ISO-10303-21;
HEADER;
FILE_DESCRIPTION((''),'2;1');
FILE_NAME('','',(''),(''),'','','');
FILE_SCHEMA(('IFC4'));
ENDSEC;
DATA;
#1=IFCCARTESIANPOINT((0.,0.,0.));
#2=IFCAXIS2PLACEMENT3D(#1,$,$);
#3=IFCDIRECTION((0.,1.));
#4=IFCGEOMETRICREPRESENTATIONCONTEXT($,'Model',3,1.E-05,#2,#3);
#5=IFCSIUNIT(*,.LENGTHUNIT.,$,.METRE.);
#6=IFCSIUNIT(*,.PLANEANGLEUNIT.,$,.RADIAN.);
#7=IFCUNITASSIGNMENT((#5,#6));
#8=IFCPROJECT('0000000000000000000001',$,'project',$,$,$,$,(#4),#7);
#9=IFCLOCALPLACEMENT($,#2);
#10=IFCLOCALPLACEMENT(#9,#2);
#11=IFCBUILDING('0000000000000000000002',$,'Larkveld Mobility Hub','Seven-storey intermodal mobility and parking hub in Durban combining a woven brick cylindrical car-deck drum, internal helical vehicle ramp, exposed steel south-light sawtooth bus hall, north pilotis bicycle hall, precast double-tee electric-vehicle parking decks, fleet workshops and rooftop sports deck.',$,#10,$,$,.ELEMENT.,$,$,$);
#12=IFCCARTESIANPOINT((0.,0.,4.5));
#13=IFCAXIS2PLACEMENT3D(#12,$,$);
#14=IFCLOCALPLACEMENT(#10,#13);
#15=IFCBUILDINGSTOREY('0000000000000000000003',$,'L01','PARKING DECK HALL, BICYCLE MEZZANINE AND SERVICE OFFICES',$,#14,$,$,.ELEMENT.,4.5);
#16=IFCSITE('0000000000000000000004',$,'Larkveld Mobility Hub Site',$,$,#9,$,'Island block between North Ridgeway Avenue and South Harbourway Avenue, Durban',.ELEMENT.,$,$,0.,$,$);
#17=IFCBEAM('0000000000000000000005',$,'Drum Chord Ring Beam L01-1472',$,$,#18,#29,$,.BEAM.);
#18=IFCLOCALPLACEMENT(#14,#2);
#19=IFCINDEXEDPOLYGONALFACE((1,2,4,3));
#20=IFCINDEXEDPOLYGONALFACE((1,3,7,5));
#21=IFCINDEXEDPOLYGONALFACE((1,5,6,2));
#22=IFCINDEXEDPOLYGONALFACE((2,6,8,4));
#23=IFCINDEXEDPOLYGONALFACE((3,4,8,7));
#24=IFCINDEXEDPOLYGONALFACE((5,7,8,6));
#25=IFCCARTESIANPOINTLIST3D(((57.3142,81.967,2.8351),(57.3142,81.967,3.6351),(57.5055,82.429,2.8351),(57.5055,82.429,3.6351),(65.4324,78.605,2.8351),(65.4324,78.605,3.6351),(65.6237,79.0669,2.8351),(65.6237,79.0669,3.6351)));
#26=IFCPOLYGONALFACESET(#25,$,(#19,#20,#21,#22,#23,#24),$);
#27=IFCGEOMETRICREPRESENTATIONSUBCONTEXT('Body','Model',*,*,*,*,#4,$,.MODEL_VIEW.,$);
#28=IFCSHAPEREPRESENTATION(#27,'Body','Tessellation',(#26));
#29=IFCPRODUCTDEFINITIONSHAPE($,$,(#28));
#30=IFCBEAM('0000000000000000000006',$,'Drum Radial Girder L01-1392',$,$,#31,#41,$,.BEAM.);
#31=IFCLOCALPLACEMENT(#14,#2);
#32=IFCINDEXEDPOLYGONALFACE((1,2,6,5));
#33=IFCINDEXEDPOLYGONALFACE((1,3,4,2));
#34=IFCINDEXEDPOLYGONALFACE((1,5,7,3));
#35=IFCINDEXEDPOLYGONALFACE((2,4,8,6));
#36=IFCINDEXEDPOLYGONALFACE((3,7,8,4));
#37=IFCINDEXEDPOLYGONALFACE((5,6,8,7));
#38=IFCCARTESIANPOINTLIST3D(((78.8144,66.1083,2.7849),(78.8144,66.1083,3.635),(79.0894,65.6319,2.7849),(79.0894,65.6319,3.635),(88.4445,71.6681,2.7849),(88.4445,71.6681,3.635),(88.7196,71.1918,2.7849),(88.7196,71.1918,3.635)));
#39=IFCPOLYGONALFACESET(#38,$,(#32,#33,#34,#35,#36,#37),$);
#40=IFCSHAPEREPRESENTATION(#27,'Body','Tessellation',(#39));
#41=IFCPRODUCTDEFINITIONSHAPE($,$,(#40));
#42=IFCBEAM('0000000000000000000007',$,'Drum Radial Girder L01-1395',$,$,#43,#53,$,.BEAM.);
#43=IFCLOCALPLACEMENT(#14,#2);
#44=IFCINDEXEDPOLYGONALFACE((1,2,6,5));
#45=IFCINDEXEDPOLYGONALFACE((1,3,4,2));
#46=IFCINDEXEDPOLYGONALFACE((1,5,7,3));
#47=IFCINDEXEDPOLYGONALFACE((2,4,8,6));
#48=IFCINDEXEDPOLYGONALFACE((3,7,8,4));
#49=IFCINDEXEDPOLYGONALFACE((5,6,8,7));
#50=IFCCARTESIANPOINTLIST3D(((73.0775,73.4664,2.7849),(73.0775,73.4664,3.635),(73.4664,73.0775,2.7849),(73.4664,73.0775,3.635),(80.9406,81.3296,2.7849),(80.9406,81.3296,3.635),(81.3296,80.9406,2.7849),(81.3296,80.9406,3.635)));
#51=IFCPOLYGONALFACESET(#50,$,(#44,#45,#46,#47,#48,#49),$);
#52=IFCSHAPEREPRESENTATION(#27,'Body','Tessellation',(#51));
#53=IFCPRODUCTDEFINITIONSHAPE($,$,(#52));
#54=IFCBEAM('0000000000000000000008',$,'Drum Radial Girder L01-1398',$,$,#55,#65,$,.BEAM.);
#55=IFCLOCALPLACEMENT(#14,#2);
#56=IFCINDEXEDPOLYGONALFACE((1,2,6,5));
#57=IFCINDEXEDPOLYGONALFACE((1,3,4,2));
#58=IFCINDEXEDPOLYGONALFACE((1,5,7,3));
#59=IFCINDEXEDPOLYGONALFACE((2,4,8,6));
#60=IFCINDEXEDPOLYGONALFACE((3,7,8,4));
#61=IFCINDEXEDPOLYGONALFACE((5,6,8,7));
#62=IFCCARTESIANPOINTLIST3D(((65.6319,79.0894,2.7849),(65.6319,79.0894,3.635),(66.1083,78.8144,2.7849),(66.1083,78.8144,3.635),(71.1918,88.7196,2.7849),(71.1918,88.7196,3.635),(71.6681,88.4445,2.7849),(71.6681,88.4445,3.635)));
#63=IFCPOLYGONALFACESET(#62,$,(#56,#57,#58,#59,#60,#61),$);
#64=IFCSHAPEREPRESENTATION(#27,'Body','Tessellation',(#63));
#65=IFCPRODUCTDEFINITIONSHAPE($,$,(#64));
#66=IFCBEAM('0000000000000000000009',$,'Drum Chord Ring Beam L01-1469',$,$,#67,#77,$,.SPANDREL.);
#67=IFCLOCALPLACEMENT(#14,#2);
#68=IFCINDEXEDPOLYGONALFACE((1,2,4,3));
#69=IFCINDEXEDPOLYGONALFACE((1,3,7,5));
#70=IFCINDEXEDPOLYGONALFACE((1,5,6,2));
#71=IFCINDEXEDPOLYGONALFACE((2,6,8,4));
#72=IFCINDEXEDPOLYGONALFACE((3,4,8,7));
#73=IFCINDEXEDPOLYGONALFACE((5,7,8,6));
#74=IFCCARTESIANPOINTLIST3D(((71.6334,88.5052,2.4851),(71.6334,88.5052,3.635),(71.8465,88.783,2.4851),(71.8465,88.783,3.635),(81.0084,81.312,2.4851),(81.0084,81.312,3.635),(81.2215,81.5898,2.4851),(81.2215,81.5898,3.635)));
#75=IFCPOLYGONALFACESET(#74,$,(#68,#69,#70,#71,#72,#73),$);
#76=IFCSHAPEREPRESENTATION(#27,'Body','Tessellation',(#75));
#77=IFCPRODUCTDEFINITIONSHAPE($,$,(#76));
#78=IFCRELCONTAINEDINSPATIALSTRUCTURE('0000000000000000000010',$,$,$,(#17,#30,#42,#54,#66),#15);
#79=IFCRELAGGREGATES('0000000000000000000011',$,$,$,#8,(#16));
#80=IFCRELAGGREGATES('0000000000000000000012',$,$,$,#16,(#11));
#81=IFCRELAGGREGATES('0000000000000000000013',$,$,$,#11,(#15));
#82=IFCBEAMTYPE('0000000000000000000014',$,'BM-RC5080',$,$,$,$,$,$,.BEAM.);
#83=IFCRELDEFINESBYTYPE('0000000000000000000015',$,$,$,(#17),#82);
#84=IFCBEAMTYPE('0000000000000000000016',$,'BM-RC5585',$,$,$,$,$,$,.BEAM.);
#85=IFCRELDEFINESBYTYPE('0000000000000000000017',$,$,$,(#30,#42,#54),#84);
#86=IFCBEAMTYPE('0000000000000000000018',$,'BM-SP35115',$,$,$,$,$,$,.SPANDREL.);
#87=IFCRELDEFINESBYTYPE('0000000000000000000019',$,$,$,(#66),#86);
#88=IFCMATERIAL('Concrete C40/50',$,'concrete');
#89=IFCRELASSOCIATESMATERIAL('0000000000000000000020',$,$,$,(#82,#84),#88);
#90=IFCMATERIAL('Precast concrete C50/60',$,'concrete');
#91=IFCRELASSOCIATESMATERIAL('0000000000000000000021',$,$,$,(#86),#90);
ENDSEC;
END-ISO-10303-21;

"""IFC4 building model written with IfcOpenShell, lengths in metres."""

from ifc_helpers import new_model, si_unit, direction, frame, origin, origin_2d, place, context, subcontext, project, spatial, rectangle, extrude, material, material_profile, profile_set, type_object, element, save


model = new_model("IFC4")

# Units and contexts
model_context = context("Model", 3, precision=1e-05, world=origin(), true_north=direction((0.0, 1.0)))
body_context = subcontext(model_context, "Body", "Model", "MODEL_VIEW")
ifc_project = project(units=[si_unit("LENGTHUNIT", "METRE"), si_unit("PLANEANGLEUNIT", "RADIAN")], contexts=[model_context])

# Site, building, storey
site_placement = place(None, origin())
site = spatial("IfcSite", under=ifc_project, at=site_placement, Name="Larkveld Mobility Hub Site", LongName="Island block between North Ridgeway Avenue and South Harbourway Avenue, Durban", CompositionType="ELEMENT", RefElevation=0.0)
building_placement = place(site_placement, origin())
building = spatial("IfcBuilding", under=site, at=building_placement, Name="Larkveld Mobility Hub", Description="Seven-storey intermodal mobility and parking hub in Durban combining a woven brick cylindrical car-deck drum, internal helical vehicle ramp, exposed steel south-light sawtooth bus hall, north pilotis bicycle hall, precast double-tee electric-vehicle parking decks, fleet workshops and rooftop sports deck.", CompositionType="ELEMENT")
storey_placement = place(building_placement, frame((0.0, 0.0, 4.5)))
storey = spatial("IfcBuildingStorey", under=building, at=storey_placement, Name="L01", Description="PARKING DECK HALL, BICYCLE MEZZANINE AND SERVICE OFFICES", CompositionType="ELEMENT", Elevation=4.5)

# Shared definitions
ifc_material_1 = material(Name="Concrete C40/50", Category="concrete")

# Beams
ifc_material_profile_1 = material_profile(ifc_material_1, rectangle(XDim=0.5, YDim=0.8, at=origin_2d()), Name="RC BM 500x800")
ifc_profile_set_1 = profile_set([ifc_material_profile_1], Name="Concrete C40/50")
beam_type_1 = type_object("IfcBeamType", Name="BM-RC5080", PredefinedType="BEAM", material=ifc_profile_set_1)
beam_1_placement = place(storey_placement, frame((65.5281, 78.8359, 3.2351), z_axis=(-0.923903, 0.382626, 0.0), x_axis=(-0.382626, -0.923903, 0.0)))
element("IfcBeam", 1, at=beam_1_placement, inside=storey, type_object=beam_type_1, Name="Drum Chord Ring Beam L01-1472", PredefinedType="BEAM", context=body_context, shape_type="SweptSolid", body=[
    extrude(rectangle(XDim=0.5, YDim=0.8, at=origin_2d()), origin(), (0.0, 0.0, 1.0), 8.7869),
])
ifc_material_profile_2 = material_profile(ifc_material_1, rectangle(XDim=0.55, YDim=0.8501, at=origin_2d()), Name="RC BM 550x850")
ifc_profile_set_2 = profile_set([ifc_material_profile_2], Name="Concrete C40/50")
beam_type_2 = type_object("IfcBeamType", Name="BM-RC5585", PredefinedType="BEAM", material=ifc_profile_set_2)
beam_2_placement = place(storey_placement, frame((78.9519, 65.8701, 3.21), z_axis=(0.866031, 0.49999, 0.0), x_axis=(-0.49999, 0.866031, 0.0)))
element("IfcBeam", 2, at=beam_2_placement, inside=storey, type_object=beam_type_2, Name="Drum Radial Girder L01-1392", PredefinedType="BEAM", context=body_context, shape_type="SweptSolid", body=[
    extrude(rectangle(XDim=0.55, YDim=0.8501, at=origin_2d()), origin(), (0.0, 0.0, 1.0), 11.1199),
])
beam_3_placement = place(storey_placement, frame((73.272, 73.272, 3.21), z_axis=(0.707107, 0.707107, 0.0), x_axis=(-0.707107, 0.707107, 0.0)))
element("IfcBeam", 3, at=beam_3_placement, inside=storey, type_object=beam_type_2, Name="Drum Radial Girder L01-1395", PredefinedType="BEAM", context=body_context, shape_type="SweptSolid", body=[
    extrude(rectangle(XDim=0.55, YDim=0.8501, at=origin_2d()), origin(), (0.0, 0.0, 1.0), 11.1201),
])
beam_4_placement = place(storey_placement, frame((65.8701, 78.9519, 3.21), z_axis=(0.49999, 0.866031, 0.0), x_axis=(-0.866031, 0.49999, 0.0)))
element("IfcBeam", 4, at=beam_4_placement, inside=storey, type_object=beam_type_2, Name="Drum Radial Girder L01-1398", PredefinedType="BEAM", context=body_context, shape_type="SweptSolid", body=[
    extrude(rectangle(XDim=0.55, YDim=0.8501, at=origin_2d()), origin(), (0.0, 0.0, 1.0), 11.1199),
])
ifc_material_2 = material(Name="Precast concrete C50/60", Category="concrete")
ifc_material_profile_3 = material_profile(ifc_material_2, rectangle(XDim=0.3501, YDim=1.1499, at=origin_2d()), Name="PC SP 350x1150")
ifc_profile_set_3 = profile_set([ifc_material_profile_3], Name="Precast concrete C50/60")
beam_type_3 = type_object("IfcBeamType", Name="BM-SP35115", PredefinedType="SPANDREL", material=ifc_profile_set_3)
beam_5_placement = place(storey_placement, frame((81.115, 81.4509, 3.0601), z_axis=(-0.793377, 0.608731, 0.0), x_axis=(-0.608731, -0.793377, 0.0)))
element("IfcBeam", 5, at=beam_5_placement, inside=storey, type_object=beam_type_3, Name="Drum Chord Ring Beam L01-1469", PredefinedType="SPANDREL", context=body_context, shape_type="SweptSolid", body=[
    extrude(rectangle(XDim=0.3501, YDim=1.1499, at=origin_2d()), origin(), (0.0, 0.0, 1.0), 11.8167),
])

save(model, "model.ifc")
